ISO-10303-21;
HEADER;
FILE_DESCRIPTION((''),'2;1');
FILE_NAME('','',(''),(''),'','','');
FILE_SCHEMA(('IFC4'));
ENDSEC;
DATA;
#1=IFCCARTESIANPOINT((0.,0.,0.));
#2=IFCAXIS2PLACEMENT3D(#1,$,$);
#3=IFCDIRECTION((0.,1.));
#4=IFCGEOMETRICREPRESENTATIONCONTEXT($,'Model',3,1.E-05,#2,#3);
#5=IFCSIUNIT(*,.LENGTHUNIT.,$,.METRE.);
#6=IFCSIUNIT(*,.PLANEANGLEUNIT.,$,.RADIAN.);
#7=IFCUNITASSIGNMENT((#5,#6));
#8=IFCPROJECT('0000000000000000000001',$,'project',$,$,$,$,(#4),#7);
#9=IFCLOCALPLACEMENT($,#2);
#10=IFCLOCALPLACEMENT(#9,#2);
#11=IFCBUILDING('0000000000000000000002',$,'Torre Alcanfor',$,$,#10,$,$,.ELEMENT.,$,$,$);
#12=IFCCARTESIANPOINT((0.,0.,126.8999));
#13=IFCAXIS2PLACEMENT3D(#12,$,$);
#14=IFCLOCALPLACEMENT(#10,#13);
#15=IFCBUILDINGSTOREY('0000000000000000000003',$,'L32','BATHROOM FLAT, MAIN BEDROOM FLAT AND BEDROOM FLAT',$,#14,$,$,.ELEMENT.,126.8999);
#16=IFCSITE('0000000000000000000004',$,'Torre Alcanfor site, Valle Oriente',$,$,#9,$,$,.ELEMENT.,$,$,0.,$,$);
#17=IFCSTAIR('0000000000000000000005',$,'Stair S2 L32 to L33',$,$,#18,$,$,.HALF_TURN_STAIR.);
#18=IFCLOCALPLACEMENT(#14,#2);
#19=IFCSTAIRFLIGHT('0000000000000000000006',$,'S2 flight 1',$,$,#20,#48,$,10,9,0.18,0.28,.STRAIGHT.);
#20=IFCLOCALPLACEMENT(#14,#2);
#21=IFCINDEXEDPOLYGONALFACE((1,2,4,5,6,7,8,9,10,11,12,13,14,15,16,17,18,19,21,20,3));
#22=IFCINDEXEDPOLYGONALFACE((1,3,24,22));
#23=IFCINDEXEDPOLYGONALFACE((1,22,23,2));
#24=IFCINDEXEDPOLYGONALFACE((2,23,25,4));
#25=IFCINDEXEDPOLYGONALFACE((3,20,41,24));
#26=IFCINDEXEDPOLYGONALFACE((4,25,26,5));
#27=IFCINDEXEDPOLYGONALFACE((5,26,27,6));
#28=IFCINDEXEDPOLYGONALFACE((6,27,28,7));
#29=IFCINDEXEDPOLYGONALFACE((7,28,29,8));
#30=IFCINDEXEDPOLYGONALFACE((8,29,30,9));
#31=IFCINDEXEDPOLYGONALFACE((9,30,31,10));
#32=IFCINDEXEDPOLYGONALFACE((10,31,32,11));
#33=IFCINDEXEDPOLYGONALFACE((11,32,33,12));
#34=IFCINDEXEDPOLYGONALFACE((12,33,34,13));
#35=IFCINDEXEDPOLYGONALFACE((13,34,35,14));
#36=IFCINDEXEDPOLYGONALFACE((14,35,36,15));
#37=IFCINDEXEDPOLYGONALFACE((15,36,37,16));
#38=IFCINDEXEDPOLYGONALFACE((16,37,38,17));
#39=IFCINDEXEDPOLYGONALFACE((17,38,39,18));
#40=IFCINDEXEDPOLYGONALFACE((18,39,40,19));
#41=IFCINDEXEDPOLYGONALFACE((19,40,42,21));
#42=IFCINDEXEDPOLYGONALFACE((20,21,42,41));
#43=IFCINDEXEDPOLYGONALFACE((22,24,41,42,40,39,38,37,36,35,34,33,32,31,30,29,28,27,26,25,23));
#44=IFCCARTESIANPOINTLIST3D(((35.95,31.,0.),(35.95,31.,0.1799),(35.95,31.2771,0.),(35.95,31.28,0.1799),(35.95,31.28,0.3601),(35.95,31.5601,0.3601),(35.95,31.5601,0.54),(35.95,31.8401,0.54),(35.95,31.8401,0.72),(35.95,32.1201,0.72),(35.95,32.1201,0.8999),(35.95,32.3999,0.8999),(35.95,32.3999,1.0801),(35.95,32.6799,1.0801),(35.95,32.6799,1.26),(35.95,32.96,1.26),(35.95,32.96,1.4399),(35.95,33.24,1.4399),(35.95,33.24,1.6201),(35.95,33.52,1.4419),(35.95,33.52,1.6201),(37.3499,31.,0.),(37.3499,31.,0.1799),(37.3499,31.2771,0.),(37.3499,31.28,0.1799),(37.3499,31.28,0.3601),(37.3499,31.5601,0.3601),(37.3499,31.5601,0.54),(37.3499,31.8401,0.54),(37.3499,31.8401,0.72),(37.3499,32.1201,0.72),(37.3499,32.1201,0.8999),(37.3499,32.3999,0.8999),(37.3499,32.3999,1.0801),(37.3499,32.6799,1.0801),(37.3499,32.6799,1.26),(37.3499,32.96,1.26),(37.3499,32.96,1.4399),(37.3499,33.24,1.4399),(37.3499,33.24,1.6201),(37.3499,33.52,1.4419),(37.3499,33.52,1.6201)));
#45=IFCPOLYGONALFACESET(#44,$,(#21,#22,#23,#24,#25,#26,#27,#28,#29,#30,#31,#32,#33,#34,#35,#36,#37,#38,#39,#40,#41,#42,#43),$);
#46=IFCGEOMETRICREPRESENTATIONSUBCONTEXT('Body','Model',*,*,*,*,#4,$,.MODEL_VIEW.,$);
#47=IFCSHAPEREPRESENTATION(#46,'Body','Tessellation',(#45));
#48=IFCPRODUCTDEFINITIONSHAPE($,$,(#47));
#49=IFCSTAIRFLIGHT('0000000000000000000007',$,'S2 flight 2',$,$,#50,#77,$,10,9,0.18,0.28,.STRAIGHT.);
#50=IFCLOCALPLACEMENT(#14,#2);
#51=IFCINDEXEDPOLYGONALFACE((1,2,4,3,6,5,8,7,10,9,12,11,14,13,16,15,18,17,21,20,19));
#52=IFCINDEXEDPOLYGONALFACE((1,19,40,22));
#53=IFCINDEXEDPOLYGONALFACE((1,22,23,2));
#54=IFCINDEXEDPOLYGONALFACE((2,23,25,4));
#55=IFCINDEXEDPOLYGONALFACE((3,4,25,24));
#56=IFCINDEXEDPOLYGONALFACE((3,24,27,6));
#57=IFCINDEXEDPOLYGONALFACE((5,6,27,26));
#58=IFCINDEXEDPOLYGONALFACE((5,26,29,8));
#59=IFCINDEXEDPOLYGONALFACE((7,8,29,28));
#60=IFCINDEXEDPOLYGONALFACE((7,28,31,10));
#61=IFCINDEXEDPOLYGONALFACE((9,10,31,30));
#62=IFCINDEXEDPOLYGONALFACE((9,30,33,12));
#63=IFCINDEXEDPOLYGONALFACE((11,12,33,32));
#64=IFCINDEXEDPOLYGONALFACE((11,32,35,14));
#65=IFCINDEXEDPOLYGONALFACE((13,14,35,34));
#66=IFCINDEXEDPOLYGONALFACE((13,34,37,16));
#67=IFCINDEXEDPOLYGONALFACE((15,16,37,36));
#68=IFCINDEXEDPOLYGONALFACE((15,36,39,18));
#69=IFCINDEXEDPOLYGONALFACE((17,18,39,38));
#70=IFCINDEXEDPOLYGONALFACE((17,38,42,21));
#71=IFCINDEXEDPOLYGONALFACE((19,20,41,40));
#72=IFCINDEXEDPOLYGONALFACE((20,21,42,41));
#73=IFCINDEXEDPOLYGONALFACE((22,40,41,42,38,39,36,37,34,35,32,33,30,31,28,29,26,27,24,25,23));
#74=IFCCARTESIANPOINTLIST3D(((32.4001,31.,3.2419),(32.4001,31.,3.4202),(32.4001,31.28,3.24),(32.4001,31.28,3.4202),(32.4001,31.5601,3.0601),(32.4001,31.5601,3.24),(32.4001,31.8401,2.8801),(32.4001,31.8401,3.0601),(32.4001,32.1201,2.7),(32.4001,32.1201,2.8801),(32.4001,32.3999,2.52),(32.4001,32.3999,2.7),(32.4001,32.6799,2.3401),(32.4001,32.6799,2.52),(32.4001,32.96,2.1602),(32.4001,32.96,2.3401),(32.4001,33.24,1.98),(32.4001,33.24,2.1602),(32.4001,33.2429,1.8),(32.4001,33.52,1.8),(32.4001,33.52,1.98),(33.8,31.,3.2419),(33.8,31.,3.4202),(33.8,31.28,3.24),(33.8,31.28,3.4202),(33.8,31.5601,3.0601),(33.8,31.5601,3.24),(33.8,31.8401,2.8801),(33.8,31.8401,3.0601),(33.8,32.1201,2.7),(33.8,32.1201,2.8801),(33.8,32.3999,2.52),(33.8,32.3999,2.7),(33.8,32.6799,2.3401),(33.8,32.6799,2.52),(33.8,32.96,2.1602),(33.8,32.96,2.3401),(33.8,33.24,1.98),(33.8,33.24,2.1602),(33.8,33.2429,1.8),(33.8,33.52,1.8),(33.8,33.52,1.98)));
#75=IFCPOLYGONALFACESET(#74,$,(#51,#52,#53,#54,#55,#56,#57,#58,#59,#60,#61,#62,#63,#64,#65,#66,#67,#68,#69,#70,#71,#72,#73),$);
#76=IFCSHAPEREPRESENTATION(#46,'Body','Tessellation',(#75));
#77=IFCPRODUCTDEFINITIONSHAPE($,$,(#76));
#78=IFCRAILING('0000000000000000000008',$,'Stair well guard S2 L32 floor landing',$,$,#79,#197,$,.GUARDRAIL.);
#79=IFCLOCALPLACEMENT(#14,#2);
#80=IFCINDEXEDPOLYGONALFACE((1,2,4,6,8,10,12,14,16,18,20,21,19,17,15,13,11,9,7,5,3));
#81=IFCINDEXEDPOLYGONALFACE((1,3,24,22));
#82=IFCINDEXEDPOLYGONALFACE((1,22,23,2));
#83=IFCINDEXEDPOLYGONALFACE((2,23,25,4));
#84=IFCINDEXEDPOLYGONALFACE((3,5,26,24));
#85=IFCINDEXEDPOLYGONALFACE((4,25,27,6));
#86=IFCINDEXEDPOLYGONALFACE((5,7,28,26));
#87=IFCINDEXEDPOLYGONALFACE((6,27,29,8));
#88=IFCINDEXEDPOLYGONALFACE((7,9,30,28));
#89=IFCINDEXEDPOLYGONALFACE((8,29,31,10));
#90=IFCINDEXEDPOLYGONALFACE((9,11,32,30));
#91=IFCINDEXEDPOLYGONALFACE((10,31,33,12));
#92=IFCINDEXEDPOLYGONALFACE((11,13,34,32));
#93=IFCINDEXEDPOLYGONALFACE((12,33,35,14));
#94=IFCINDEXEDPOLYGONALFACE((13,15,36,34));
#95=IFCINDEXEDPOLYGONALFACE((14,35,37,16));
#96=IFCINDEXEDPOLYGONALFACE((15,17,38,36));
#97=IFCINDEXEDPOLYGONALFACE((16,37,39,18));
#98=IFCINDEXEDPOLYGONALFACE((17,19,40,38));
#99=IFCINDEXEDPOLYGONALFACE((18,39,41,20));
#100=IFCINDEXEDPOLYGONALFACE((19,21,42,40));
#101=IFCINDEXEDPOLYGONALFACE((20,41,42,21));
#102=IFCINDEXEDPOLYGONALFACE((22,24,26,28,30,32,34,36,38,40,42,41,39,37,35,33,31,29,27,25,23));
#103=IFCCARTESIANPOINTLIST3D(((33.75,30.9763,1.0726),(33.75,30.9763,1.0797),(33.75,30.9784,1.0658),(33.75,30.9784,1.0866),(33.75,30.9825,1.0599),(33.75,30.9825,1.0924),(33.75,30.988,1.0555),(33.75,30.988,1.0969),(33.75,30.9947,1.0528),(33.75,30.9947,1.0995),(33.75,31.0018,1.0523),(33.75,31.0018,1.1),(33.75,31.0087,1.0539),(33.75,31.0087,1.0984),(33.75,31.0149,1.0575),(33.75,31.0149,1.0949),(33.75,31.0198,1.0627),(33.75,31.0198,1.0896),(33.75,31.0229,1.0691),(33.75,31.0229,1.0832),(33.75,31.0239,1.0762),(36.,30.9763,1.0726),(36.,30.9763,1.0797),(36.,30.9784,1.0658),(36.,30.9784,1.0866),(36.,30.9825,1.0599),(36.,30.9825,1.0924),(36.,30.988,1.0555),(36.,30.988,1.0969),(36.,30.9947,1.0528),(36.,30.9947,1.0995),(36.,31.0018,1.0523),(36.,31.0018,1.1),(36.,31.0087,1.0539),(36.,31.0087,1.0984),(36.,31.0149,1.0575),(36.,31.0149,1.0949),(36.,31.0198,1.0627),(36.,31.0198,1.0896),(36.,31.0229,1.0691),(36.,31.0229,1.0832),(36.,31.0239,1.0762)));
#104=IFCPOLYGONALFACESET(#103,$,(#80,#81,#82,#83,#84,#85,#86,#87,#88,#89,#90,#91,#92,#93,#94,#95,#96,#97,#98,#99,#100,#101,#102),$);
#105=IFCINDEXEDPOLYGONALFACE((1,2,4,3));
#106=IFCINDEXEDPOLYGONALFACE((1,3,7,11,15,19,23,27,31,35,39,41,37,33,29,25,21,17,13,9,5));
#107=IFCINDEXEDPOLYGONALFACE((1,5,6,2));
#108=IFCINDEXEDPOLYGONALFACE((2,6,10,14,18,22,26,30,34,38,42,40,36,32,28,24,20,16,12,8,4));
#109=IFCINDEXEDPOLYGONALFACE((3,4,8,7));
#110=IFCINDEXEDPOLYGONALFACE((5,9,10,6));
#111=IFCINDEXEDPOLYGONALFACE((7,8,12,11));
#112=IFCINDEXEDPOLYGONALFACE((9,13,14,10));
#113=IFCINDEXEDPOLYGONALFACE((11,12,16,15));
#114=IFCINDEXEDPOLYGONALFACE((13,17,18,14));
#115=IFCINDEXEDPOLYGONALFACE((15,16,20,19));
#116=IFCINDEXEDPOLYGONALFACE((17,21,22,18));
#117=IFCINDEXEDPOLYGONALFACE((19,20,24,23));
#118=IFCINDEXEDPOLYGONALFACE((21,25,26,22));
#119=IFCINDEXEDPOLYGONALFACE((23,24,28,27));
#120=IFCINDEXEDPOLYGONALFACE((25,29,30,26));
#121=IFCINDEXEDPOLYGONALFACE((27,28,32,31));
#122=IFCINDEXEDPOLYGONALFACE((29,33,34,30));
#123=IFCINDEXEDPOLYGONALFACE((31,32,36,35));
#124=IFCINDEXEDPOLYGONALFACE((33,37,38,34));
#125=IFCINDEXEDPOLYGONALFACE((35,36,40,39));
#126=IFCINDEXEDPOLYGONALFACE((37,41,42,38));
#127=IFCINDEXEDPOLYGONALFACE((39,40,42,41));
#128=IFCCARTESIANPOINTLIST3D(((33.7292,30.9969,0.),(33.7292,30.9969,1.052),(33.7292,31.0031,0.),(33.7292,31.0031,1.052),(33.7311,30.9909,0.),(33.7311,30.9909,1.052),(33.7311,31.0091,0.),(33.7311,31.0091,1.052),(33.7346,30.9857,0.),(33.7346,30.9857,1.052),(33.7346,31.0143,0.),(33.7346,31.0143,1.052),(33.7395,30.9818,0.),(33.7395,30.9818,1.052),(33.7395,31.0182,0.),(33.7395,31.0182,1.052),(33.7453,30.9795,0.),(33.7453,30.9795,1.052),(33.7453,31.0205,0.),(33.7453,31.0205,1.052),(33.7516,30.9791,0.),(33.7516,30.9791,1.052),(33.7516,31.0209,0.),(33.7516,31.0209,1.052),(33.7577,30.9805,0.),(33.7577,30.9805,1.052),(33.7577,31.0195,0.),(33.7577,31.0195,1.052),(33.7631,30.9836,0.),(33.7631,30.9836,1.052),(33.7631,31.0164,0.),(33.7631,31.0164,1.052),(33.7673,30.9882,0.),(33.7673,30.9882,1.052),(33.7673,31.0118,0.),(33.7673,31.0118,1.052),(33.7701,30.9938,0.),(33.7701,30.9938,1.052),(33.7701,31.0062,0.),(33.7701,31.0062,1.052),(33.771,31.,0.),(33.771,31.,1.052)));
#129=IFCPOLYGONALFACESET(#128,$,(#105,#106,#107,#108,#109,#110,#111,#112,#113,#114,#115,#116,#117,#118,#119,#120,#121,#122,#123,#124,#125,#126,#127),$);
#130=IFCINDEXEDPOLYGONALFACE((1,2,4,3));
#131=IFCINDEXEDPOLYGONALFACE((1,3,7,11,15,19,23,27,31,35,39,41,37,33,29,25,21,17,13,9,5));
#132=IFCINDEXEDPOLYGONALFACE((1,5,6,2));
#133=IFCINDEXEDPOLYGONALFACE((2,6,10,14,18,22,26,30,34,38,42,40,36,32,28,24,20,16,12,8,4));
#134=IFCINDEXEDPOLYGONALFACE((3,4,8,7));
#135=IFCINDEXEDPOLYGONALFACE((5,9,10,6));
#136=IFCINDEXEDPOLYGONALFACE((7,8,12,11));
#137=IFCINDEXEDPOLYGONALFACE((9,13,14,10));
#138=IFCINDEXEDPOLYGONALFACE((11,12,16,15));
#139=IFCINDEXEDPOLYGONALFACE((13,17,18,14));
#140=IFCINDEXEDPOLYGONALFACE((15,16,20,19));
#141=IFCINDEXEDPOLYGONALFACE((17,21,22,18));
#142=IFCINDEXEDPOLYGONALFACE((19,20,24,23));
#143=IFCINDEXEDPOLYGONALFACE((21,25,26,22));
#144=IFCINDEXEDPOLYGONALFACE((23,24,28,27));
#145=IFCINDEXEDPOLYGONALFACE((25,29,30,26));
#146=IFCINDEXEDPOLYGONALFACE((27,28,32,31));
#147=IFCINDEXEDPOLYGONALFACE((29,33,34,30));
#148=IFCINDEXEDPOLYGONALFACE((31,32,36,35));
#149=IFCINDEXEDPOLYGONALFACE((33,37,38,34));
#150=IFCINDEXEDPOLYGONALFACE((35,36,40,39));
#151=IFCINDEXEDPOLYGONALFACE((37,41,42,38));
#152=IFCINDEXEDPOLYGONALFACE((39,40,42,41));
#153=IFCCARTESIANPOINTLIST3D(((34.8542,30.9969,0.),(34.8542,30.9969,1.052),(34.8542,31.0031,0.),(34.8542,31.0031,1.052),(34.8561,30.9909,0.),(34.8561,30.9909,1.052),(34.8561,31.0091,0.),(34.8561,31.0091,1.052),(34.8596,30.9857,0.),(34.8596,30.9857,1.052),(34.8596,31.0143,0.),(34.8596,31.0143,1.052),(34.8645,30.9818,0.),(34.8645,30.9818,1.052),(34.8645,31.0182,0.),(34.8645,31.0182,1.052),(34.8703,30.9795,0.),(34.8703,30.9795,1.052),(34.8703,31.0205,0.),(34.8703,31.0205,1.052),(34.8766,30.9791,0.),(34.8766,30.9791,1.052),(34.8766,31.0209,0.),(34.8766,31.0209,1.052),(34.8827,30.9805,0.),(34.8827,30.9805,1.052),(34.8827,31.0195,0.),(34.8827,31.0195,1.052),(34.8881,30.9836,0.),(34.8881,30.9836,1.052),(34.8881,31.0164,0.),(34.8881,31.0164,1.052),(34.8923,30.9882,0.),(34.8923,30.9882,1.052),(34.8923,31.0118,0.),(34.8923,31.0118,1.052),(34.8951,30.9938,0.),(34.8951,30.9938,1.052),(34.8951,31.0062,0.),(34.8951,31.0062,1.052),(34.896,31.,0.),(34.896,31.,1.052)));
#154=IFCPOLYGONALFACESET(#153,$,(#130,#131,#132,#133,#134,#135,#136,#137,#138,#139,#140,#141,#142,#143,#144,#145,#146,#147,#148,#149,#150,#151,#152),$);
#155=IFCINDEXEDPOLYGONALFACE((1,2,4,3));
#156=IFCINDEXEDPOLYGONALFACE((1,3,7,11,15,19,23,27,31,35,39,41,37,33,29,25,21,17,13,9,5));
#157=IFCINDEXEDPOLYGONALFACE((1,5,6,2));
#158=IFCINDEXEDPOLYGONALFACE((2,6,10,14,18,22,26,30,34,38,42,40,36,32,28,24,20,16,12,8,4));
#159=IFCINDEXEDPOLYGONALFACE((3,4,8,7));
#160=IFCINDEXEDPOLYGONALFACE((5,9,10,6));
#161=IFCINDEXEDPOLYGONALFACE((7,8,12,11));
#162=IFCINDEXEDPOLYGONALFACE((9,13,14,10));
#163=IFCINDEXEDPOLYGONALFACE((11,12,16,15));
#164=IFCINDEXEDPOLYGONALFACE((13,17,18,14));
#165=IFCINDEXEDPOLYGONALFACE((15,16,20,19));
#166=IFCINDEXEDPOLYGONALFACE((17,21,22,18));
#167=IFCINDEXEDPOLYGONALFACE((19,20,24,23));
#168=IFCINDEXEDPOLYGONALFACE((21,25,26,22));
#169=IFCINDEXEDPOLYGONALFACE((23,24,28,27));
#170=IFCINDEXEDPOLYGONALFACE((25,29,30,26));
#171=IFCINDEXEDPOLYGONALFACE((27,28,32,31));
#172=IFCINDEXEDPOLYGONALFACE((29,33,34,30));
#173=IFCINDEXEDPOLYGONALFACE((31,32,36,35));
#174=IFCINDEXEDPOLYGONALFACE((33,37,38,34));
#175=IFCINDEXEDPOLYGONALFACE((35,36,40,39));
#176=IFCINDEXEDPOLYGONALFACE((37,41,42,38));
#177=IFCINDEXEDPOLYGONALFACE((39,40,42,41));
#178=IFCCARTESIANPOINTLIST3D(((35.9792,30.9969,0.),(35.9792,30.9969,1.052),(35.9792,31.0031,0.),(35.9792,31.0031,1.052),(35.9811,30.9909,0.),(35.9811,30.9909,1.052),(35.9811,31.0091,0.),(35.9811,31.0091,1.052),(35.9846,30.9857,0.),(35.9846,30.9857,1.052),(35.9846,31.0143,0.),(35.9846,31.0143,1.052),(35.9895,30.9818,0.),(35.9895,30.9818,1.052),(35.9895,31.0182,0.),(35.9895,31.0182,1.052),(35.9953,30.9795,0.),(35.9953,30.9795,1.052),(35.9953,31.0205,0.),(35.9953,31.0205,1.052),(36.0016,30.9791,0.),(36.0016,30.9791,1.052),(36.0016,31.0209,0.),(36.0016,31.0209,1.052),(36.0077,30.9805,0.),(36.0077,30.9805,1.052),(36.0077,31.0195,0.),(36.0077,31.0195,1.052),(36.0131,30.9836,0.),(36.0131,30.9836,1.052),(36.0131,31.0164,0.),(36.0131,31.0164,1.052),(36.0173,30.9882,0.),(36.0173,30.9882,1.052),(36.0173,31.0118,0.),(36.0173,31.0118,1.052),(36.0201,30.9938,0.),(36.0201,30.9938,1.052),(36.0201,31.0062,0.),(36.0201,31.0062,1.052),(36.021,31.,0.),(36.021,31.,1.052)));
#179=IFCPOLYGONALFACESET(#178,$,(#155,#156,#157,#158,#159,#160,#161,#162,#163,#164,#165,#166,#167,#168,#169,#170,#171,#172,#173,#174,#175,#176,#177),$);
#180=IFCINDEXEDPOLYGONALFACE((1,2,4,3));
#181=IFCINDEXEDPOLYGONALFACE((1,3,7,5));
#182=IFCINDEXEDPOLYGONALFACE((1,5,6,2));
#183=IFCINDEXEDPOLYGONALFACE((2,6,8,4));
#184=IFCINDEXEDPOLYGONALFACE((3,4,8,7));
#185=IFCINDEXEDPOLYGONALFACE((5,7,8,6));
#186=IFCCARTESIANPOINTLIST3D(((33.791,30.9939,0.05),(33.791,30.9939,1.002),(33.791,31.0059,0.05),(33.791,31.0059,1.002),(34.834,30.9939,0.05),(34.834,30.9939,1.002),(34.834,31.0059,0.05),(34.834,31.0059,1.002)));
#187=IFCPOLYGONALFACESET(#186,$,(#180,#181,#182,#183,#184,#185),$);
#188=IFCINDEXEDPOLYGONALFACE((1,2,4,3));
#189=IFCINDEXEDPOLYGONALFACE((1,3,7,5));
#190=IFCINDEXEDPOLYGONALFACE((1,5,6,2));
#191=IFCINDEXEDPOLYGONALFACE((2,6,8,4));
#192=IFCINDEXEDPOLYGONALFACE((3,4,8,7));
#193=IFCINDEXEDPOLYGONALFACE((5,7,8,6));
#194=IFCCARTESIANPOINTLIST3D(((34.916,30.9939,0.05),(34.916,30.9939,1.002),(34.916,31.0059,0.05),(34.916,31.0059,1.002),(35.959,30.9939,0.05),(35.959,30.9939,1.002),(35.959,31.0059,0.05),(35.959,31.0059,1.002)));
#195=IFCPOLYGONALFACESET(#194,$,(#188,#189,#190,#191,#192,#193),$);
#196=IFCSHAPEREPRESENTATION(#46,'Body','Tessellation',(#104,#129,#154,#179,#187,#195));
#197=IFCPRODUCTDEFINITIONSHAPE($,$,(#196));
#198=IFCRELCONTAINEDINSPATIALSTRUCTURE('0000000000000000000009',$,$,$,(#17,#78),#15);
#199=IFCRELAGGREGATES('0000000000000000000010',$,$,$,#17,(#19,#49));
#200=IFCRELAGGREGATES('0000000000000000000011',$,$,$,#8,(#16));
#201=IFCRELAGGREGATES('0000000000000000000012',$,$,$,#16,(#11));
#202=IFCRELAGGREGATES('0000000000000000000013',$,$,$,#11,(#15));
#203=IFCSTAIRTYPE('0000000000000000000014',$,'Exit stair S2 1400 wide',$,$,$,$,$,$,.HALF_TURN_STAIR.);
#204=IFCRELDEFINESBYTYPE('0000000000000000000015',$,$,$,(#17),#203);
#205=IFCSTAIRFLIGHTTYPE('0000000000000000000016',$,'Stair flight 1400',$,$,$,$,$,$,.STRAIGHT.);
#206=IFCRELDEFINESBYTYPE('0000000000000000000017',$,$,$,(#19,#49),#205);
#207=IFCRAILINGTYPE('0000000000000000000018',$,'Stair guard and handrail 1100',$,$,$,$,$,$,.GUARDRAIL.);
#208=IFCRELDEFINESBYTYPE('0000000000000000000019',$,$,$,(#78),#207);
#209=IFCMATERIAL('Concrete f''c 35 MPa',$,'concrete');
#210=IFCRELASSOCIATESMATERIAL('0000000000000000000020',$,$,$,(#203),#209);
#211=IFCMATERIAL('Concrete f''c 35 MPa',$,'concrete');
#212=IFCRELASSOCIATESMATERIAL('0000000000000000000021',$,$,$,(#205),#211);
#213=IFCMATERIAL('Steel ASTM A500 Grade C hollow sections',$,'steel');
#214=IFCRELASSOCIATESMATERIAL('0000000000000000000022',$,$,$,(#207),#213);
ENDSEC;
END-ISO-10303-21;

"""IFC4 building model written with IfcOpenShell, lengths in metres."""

from ifc_helpers import new_model, si_unit, direction, frame, origin, origin_2d, place, context, subcontext, project, spatial, polyline, circle, outline, extrude, material, type_object, element, aggregate, save


model = new_model("IFC4")

# Units and contexts
model_context = context("Model", 3, precision=1e-05, world=origin(), true_north=direction((0.0, 1.0)))
body_context = subcontext(model_context, "Body", "Model", "MODEL_VIEW")
ifc_project = project(units=[si_unit("LENGTHUNIT", "METRE"), si_unit("PLANEANGLEUNIT", "RADIAN")], contexts=[model_context])

# Site, building, storey
site_placement = place(None, origin())
site = spatial("IfcSite", under=ifc_project, at=site_placement, Name="Torre Alcanfor site, Valle Oriente", CompositionType="ELEMENT", RefElevation=0.0)
building_placement = place(site_placement, origin())
building = spatial("IfcBuilding", under=site, at=building_placement, Name="Torre Alcanfor", CompositionType="ELEMENT")
storey_placement = place(building_placement, frame((0.0, 0.0, 126.8999)))
storey = spatial("IfcBuildingStorey", under=building, at=storey_placement, Name="L32", Description="BATHROOM FLAT, MAIN BEDROOM FLAT AND BEDROOM FLAT", CompositionType="ELEMENT", Elevation=126.8999)

# Stair, stair flights
ifc_material_1 = material(Name="Concrete f'c 35 MPa", Category="concrete")
stair_type = type_object("IfcStairType", Name="Exit stair S2 1400 wide", PredefinedType="HALF_TURN_STAIR", material=ifc_material_1)
stair_placement = place(storey_placement, origin())
stair = element("IfcStair", 1, at=stair_placement, inside=storey, type_object=stair_type, Name="Stair S2 L32 to L33", PredefinedType="HALF_TURN_STAIR")
ifc_material_2 = material(Name="Concrete f'c 35 MPa", Category="concrete")
stair_flight_type = type_object("IfcStairFlightType", Name="Stair flight 1400", PredefinedType="STRAIGHT", material=ifc_material_2)
stair_flight_1_placement = place(storey_placement, frame((36.6499, 31.0, 0.0), z_axis=(0.0, 0.0, 1.0), x_axis=(0.0, 1.0, 0.0)))
stair_flight_1 = element("IfcStairFlight", 2, at=stair_flight_1_placement, type_object=stair_flight_type, Name="S2 flight 1", NumberOfRisers=10, NumberOfTreads=9, PredefinedType="STRAIGHT", RiserHeight=0.18, TreadLength=0.28, context=body_context, shape_type="SweptSolid", body=[
    extrude(outline(polyline([(0.0, 0.0), (0.0, 0.1799), (0.28, 0.1799), (0.28, 0.3601), (0.5601, 0.3601), (0.5601, 0.54), (0.8401, 0.54), (0.8401, 0.72), (1.1201, 0.72), (1.1201, 0.8999), (1.3999, 0.8999), (1.3999, 1.0801), (1.6799, 1.0801), (1.6799, 1.26), (1.96, 1.26), (1.96, 1.4399), (2.24, 1.4399), (2.24, 1.6201), (2.52, 1.6201), (2.52, 1.8), (2.52, 1.4419), (0.2771, 0.0), (0.0, 0.0)])), frame((0.0, 0.7, 0.0), z_axis=(0.0, -1.0, 0.0), x_axis=(1.0, 0.0, 0.0)), (0.0, 0.0, 1.0), 1.3999),
])
stair_flight_2_placement = place(storey_placement, frame((33.1001, 33.52, 1.8), z_axis=(0.0, 0.0, 1.0), x_axis=(0.0, -1.0, 0.0)))
stair_flight_2 = element("IfcStairFlight", 3, at=stair_flight_2_placement, type_object=stair_flight_type, Name="S2 flight 2", NumberOfRisers=10, NumberOfTreads=9, PredefinedType="STRAIGHT", RiserHeight=0.18, TreadLength=0.28, context=body_context, shape_type="SweptSolid", body=[
    extrude(outline(polyline([(0.0, 0.0), (0.0, 0.1799), (0.28, 0.1799), (0.28, 0.3601), (0.5601, 0.3601), (0.5601, 0.54), (0.8401, 0.54), (0.8401, 0.72), (1.1201, 0.72), (1.1201, 0.8999), (1.3999, 0.8999), (1.3999, 1.0801), (1.6799, 1.0801), (1.6799, 1.26), (1.96, 1.26), (1.96, 1.4399), (2.24, 1.4399), (2.24, 1.6201), (2.52, 1.6201), (2.52, 1.8), (2.52, 1.4419), (0.2771, 0.0), (0.0, 0.0)])), frame((0.0, 0.7, 0.0), z_axis=(0.0, -1.0, 0.0), x_axis=(1.0, 0.0, 0.0)), (0.0, 0.0, 1.0), 1.3999),
])
aggregate(stair, [stair_flight_1, stair_flight_2])

# Railing
ifc_material_3 = material(Name="Steel ASTM A500 Grade C hollow sections", Category="steel")
railing_type_1 = type_object("IfcRailingType", Name="Stair guard and handrail 1100", PredefinedType="GUARDRAIL", material=ifc_material_3)
for number, where, name in (
    (4, (33.75, 31.0, 0.0), "Stair well guard S2 L32 floor landing"),
):
    element("IfcRailing", number, at=place(storey_placement, frame(where)), inside=storey, type_object=railing_type_1, Name=name, PredefinedType="GUARDRAIL", context=body_context, shape_type="SweptSolid", body=[
        extrude(circle(Radius=0.0239, at=origin_2d()), frame((0.0, 0.0, 1.0762), z_axis=(1.0, 0.0, 0.0), x_axis=(0.0, 1.0, 0.0)), (0.0, 0.0, 1.0), 2.25),
        extrude(circle(Radius=0.021, at=origin_2d()), origin(), (0.0, 0.0, 1.0), 1.052),
        extrude(circle(Radius=0.021, at=origin_2d()), frame((1.125, 0.0, 0.0)), (0.0, 0.0, 1.0), 1.052),
        extrude(circle(Radius=0.021, at=origin_2d()), frame((2.25, 0.0, 0.0)), (0.0, 0.0, 1.0), 1.052),
        extrude(outline(polyline([(0.041, 0.05), (1.084, 0.05), (1.084, 1.002), (0.041, 1.002), (0.041, 0.05)])), frame((0.0, 0.0059, 0.0), z_axis=(0.0, -1.0, 0.0), x_axis=(1.0, 0.0, 0.0)), (0.0, 0.0, 1.0), 0.012),
        extrude(outline(polyline([(1.166, 0.05), (2.209, 0.05), (2.209, 1.002), (1.166, 1.002), (1.166, 0.05)])), frame((0.0, 0.0059, 0.0), z_axis=(0.0, -1.0, 0.0), x_axis=(1.0, 0.0, 0.0)), (0.0, 0.0, 1.0), 0.012),
    ])

save(model, "model.ifc")
